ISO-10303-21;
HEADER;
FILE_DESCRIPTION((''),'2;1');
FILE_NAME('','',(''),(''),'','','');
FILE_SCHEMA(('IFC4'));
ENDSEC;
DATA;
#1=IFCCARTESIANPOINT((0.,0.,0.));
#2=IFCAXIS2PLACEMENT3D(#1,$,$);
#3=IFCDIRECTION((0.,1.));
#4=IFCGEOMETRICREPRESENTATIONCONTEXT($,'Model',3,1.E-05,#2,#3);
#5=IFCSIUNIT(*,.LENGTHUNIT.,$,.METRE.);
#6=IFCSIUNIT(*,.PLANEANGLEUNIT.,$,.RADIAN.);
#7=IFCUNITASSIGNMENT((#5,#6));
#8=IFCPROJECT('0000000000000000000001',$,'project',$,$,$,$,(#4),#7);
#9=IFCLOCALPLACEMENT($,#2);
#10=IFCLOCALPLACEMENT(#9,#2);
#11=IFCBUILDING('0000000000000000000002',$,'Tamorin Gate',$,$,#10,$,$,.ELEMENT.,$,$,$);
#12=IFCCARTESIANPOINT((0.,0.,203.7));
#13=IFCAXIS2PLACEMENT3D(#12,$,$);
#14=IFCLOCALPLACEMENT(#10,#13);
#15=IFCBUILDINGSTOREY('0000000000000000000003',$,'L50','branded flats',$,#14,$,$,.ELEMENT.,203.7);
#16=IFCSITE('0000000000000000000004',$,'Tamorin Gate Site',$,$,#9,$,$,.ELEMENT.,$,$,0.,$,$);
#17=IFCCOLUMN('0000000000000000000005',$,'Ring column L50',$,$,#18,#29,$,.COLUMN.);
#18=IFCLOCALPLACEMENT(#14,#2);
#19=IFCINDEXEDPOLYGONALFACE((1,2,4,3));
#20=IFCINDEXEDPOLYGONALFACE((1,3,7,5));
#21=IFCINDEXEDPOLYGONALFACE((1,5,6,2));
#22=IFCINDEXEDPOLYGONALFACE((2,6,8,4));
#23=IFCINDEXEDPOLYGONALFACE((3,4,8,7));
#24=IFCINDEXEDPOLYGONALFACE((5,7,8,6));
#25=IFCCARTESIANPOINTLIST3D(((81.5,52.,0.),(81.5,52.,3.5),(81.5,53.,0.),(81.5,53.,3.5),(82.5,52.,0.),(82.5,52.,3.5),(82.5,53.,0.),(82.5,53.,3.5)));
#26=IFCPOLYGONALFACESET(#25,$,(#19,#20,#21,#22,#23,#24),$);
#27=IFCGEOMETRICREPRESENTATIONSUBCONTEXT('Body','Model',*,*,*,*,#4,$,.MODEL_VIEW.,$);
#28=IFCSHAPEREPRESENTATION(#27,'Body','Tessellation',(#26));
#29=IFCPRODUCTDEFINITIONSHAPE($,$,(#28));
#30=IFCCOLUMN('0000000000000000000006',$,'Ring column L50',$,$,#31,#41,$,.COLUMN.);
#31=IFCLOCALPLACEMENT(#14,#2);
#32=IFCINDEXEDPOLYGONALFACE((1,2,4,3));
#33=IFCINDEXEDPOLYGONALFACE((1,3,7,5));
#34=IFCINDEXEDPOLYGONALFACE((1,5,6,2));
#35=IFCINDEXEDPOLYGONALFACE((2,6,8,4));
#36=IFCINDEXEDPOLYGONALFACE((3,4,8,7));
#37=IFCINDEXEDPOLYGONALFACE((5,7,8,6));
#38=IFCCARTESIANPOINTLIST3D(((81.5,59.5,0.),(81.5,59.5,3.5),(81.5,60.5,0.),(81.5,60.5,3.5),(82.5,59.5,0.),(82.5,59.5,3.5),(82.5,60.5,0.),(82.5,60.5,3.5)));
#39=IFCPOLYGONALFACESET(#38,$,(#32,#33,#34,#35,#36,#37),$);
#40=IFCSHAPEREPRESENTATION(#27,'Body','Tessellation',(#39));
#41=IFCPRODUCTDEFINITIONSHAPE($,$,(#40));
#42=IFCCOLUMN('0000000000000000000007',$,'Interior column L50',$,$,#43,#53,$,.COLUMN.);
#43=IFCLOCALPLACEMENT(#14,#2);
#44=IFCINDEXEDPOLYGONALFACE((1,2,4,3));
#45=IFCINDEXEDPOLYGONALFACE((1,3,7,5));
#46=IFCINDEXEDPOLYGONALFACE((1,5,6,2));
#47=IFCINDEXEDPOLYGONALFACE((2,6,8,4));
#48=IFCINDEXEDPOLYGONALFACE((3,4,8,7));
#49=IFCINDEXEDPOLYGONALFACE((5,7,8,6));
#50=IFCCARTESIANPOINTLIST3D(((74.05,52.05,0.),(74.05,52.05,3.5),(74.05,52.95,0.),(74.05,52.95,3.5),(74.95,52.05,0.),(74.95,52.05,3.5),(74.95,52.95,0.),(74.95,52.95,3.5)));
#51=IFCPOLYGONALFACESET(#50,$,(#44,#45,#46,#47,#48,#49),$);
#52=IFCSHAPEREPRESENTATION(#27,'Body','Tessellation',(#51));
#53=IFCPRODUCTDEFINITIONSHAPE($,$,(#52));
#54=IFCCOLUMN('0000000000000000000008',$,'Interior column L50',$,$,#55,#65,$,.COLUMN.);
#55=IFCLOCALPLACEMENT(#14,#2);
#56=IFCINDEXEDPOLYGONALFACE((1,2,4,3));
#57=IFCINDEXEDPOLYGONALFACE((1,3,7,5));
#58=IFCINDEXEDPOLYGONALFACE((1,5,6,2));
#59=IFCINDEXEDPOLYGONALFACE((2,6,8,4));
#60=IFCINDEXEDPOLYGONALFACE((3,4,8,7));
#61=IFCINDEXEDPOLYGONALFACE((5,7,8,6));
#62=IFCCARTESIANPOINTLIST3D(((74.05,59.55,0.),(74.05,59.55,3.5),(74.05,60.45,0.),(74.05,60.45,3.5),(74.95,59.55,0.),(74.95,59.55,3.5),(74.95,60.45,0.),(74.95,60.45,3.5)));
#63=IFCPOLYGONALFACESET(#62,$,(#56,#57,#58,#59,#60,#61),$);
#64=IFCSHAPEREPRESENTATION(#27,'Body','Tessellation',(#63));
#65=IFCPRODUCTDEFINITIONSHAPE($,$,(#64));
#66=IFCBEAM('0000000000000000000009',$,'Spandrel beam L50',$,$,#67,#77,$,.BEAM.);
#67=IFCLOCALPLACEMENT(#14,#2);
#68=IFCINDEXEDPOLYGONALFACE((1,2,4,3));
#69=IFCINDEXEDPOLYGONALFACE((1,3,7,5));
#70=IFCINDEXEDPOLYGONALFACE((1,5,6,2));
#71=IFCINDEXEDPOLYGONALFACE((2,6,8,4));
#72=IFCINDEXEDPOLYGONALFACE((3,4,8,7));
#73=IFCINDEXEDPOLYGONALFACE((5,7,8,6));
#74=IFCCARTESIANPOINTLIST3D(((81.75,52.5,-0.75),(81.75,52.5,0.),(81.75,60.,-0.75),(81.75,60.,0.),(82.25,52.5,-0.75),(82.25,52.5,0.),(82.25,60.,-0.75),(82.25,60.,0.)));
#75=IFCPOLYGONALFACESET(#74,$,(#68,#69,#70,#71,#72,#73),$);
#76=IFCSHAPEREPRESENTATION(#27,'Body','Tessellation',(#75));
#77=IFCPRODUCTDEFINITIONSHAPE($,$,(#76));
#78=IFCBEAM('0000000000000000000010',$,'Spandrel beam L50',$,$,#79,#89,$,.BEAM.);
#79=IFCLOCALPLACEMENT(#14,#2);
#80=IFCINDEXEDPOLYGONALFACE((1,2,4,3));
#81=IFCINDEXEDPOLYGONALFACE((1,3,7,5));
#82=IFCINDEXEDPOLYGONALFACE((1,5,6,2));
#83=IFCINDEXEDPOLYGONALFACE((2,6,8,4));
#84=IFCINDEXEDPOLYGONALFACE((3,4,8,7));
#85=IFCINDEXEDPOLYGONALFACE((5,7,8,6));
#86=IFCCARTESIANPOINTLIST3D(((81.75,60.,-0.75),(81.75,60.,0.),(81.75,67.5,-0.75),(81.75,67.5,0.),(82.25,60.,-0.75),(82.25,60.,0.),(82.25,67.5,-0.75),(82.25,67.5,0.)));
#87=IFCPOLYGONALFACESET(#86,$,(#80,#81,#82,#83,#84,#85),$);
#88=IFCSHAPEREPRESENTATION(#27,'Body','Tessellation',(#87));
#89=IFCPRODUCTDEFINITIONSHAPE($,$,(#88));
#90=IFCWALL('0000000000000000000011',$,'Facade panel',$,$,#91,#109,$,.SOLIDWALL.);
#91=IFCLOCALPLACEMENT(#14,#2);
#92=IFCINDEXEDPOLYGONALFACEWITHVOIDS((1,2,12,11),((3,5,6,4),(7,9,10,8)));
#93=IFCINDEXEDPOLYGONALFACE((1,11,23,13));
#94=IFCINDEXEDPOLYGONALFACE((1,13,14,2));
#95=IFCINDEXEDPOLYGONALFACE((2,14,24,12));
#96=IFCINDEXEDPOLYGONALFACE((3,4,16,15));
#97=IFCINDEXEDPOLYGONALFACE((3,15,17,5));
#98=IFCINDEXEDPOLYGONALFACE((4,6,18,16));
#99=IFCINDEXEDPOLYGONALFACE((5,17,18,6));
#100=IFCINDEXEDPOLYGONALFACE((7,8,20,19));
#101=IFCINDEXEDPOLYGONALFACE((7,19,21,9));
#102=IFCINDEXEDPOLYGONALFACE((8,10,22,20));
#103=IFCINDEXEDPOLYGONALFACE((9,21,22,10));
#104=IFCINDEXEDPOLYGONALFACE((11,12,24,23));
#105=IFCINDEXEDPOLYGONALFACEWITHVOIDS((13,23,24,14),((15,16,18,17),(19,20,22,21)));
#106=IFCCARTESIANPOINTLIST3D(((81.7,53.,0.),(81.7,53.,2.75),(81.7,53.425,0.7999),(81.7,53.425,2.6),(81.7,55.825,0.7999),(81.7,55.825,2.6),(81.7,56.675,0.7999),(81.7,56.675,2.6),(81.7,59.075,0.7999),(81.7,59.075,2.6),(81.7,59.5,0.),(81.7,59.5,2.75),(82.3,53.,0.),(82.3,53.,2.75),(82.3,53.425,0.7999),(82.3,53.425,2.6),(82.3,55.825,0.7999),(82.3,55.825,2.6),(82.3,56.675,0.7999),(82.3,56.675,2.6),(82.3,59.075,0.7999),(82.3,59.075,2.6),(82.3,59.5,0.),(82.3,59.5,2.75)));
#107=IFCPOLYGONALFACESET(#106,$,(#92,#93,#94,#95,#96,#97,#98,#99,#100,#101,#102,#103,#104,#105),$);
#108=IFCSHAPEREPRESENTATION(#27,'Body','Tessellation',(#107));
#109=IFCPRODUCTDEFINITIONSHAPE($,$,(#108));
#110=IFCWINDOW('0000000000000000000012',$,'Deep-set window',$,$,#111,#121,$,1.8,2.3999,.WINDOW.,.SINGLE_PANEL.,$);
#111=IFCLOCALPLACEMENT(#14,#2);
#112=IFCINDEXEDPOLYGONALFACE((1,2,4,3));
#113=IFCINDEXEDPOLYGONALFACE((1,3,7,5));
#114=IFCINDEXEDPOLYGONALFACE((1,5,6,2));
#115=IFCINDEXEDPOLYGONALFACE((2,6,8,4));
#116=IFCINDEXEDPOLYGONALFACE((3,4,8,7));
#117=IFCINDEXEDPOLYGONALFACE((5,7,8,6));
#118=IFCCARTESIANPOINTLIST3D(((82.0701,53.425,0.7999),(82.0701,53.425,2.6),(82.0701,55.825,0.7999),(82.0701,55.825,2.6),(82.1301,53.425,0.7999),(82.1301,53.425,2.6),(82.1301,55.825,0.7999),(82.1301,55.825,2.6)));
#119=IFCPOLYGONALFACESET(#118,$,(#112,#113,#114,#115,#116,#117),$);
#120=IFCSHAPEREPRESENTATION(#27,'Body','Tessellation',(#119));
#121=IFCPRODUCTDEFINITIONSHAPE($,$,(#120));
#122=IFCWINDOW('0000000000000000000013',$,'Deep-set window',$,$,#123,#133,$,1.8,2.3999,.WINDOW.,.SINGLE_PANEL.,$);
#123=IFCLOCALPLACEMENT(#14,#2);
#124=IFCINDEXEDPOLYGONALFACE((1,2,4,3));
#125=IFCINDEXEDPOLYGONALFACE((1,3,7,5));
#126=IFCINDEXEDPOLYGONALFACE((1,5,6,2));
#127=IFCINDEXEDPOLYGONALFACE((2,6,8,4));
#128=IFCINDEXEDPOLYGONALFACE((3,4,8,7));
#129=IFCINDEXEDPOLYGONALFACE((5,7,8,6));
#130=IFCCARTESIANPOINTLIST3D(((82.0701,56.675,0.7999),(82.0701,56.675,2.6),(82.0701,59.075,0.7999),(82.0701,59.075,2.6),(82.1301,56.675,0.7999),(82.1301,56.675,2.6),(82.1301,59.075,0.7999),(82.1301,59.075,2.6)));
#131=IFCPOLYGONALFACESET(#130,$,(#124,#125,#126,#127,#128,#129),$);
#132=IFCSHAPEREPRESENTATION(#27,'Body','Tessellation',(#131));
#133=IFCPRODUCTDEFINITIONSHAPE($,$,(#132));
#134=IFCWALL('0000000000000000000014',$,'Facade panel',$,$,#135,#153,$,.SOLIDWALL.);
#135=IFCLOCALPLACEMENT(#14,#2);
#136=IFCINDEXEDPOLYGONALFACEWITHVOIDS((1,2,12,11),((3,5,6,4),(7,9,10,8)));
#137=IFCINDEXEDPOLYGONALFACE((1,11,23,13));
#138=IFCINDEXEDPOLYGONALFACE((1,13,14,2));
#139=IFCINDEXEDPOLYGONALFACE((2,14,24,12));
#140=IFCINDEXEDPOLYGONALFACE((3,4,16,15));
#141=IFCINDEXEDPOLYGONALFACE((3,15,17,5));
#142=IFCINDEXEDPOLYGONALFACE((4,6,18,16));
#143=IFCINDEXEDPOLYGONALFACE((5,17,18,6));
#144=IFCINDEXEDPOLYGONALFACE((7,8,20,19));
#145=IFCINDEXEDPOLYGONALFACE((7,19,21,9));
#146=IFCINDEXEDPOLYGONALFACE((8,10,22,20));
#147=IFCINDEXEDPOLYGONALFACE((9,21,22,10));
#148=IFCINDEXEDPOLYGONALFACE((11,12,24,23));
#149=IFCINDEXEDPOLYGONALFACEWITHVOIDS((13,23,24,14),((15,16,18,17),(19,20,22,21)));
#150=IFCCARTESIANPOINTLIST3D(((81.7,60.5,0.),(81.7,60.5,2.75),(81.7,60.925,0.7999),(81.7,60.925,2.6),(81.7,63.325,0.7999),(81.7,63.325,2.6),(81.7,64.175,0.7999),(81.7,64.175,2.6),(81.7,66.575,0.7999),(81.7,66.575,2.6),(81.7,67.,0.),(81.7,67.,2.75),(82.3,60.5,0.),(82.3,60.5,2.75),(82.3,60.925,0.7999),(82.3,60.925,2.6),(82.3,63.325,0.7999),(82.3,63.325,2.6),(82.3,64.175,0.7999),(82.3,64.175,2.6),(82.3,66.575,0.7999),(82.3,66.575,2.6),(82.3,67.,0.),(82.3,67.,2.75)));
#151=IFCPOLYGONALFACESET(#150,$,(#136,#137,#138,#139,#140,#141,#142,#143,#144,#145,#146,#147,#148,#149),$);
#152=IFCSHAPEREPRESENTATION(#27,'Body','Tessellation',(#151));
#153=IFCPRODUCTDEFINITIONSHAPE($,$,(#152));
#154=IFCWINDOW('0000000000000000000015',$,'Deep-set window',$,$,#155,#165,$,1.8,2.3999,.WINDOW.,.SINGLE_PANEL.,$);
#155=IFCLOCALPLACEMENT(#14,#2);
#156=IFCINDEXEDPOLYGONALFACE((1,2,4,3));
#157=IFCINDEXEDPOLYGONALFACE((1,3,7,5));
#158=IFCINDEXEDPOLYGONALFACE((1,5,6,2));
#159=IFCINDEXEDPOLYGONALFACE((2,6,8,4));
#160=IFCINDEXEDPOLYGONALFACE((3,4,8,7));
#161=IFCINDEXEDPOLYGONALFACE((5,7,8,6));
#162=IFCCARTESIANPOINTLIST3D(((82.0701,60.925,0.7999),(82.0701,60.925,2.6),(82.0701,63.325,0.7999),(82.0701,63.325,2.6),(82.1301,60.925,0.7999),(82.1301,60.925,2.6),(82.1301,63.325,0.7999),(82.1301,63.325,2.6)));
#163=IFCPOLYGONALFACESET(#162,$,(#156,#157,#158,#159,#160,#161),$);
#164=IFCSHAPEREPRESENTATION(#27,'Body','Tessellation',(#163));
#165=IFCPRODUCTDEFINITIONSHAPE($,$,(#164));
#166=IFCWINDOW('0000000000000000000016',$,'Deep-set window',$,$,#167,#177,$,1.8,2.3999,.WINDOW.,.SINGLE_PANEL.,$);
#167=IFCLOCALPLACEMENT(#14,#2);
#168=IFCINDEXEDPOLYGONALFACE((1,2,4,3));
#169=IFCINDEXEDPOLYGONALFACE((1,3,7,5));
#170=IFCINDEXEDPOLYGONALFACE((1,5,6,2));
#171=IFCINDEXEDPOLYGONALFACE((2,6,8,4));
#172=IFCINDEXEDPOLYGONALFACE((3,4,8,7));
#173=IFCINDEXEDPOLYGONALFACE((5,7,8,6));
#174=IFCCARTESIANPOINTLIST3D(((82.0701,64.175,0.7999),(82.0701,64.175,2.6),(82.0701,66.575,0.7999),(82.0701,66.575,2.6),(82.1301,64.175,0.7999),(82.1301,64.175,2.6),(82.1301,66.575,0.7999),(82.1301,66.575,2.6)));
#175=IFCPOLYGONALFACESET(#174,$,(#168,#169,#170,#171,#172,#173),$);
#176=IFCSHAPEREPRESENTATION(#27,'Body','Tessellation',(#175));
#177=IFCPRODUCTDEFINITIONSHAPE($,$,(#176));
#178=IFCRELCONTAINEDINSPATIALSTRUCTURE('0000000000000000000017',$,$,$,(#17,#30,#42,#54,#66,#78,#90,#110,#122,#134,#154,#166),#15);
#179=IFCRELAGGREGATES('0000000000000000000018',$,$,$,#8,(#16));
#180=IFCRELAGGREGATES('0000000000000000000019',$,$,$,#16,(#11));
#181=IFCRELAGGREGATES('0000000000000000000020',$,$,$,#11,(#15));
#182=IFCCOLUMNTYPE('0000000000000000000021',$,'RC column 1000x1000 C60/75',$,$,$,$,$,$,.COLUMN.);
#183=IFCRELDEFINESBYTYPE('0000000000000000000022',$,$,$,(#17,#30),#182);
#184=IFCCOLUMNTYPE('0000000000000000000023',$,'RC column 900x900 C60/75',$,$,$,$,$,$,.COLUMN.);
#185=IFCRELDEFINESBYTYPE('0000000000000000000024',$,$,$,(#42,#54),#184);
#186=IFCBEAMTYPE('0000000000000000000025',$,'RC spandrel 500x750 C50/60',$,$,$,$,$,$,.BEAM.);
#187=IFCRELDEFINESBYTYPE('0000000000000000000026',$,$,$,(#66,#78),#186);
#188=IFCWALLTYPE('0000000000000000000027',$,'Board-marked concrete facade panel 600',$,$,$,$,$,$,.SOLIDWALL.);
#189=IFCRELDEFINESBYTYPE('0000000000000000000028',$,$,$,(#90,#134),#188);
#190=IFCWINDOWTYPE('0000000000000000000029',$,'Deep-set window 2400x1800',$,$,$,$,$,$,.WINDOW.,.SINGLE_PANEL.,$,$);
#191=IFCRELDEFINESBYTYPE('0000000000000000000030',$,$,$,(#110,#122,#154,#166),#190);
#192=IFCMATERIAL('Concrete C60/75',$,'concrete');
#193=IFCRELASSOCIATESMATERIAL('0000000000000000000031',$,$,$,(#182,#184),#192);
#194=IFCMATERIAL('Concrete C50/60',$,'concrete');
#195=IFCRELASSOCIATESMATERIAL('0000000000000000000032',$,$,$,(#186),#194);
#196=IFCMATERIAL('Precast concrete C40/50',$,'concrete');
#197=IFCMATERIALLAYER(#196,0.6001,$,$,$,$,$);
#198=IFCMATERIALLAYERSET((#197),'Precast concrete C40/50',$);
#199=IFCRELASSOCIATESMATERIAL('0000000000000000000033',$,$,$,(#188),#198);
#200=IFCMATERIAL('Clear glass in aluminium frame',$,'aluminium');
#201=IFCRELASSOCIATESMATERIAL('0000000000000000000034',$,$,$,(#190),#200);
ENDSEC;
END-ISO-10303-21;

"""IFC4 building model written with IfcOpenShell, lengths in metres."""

from ifc_helpers import new_model, si_unit, direction, frame, frame_2d, origin, origin_2d, place, context, subcontext, project, spatial, rectangle, extrude, material, layer, layer_set, material_profile, profile_set, type_object, element, fill, save


model = new_model("IFC4")

# Units and contexts
model_context = context("Model", 3, precision=1e-05, world=origin(), true_north=direction((0.0, 1.0)))
body_context = subcontext(model_context, "Body", "Model", "MODEL_VIEW")
ifc_project = project(units=[si_unit("LENGTHUNIT", "METRE"), si_unit("PLANEANGLEUNIT", "RADIAN")], contexts=[model_context])

# Site, building, storey
site_placement = place(None, origin())
site = spatial("IfcSite", under=ifc_project, at=site_placement, Name="Tamorin Gate Site", CompositionType="ELEMENT", RefElevation=0.0)
building_placement = place(site_placement, origin())
building = spatial("IfcBuilding", under=site, at=building_placement, Name="Tamorin Gate", CompositionType="ELEMENT")
storey_placement = place(building_placement, frame((0.0, 0.0, 203.7)))
storey = spatial("IfcBuildingStorey", under=building, at=storey_placement, Name="L50", Description="branded flats", CompositionType="ELEMENT", Elevation=203.7)

# Columns
ifc_material_1 = material(Name="Concrete C60/75", Category="concrete")
ifc_material_profile_1 = material_profile(ifc_material_1, rectangle(XDim=1.0, YDim=1.0, at=origin_2d()), Name="RC 1000x1000")
ifc_profile_set_1 = profile_set([ifc_material_profile_1], Name="Concrete C60/75")
column_type_1 = type_object("IfcColumnType", Name="RC column 1000x1000 C60/75", PredefinedType="COLUMN", material=ifc_profile_set_1)
for number, where, z_axis, x_axis, name in (
    (1, (82.0, 52.5, 0.0), (0.0, 0.0, 1.0), (1.0, 0.0, 0.0), "Ring column L50"),
    (2, (82.0, 60.0, 0.0), (0.0, 0.0, 1.0), (1.0, 0.0, 0.0), "Ring column L50"),
):
    element("IfcColumn", number, at=place(storey_placement, frame(where, z_axis=z_axis, x_axis=x_axis)), inside=storey, type_object=column_type_1, Name=name, PredefinedType="COLUMN", context=body_context, shape_type="SweptSolid", body=[
        extrude(rectangle(XDim=1.0, YDim=1.0, at=origin_2d()), origin(), (0.0, 0.0, 1.0), 3.5),
    ])
ifc_material_profile_2 = material_profile(ifc_material_1, rectangle(XDim=0.8999, YDim=0.8999, at=origin_2d()), Name="RC 900x900")
ifc_profile_set_2 = profile_set([ifc_material_profile_2], Name="Concrete C60/75")
column_type_2 = type_object("IfcColumnType", Name="RC column 900x900 C60/75", PredefinedType="COLUMN", material=ifc_profile_set_2)
for number, where, z_axis, x_axis, name in (
    (3, (74.5, 52.5, 0.0), (0.0, 0.0, 1.0), (1.0, 0.0, 0.0), "Interior column L50"),
    (4, (74.5, 60.0, 0.0), (0.0, 0.0, 1.0), (1.0, 0.0, 0.0), "Interior column L50"),
):
    element("IfcColumn", number, at=place(storey_placement, frame(where, z_axis=z_axis, x_axis=x_axis)), inside=storey, type_object=column_type_2, Name=name, PredefinedType="COLUMN", context=body_context, shape_type="SweptSolid", body=[
        extrude(rectangle(XDim=0.8999, YDim=0.8999, at=origin_2d()), origin(), (0.0, 0.0, 1.0), 3.5),
    ])

# Beams
ifc_material_2 = material(Name="Concrete C50/60", Category="concrete")
ifc_material_profile_3 = material_profile(ifc_material_2, rectangle(XDim=0.5, YDim=0.75, at=origin_2d()), Name="RC 500x750")
ifc_profile_set_3 = profile_set([ifc_material_profile_3], Name="Concrete C50/60")
beam_type = type_object("IfcBeamType", Name="RC spandrel 500x750 C50/60", PredefinedType="BEAM", material=ifc_profile_set_3)
for number, where, z_axis, x_axis, name in (
    (5, (82.0, 52.5, -0.375), (0.0, 1.0, 0.0), (-1.0, 0.0, 0.0), "Spandrel beam L50"),
    (6, (82.0, 60.0, -0.375), (0.0, 1.0, 0.0), (-1.0, 0.0, 0.0), "Spandrel beam L50"),
):
    element("IfcBeam", number, at=place(storey_placement, frame(where, z_axis=z_axis, x_axis=x_axis)), inside=storey, type_object=beam_type, Name=name, PredefinedType="BEAM", context=body_context, shape_type="SweptSolid", body=[
        extrude(rectangle(XDim=0.5, YDim=0.75, at=origin_2d()), origin(), (0.0, 0.0, 1.0), 7.5),
    ])

# Walls, openings, windows
ifc_material_3 = material(Name="Precast concrete C40/50", Category="concrete")
ifc_layer_1 = layer(ifc_material_3, 0.6001)
ifc_layer_set_1 = layer_set([ifc_layer_1], Name="Precast concrete C40/50")
wall_type_1 = type_object("IfcWallType", Name="Board-marked concrete facade panel 600", PredefinedType="SOLIDWALL", material=ifc_layer_set_1)
wall_1_placement = place(storey_placement, frame((82.0, 53.0, 0.0), z_axis=(0.0, 0.0, 1.0), x_axis=(0.0, 1.0, 0.0)))
wall_1 = element("IfcWall", 7, at=wall_1_placement, inside=storey, type_object=wall_type_1, Name="Facade panel", PredefinedType="SOLIDWALL", context=body_context, shape_type="SweptSolid", body=[
    extrude(rectangle(XDim=6.5, YDim=0.6001, at=frame_2d((3.25, 0.0))), origin(), (0.0, 0.0, 1.0), 2.75),
])
opening_1_placement = place(wall_1_placement, frame((0.425, 0.0, 0.8)))
opening_1 = element("IfcOpeningElement", 8, at=opening_1_placement, cuts=wall_1, PredefinedType="OPENING", context=body_context, shape_type="SweptSolid", body=[
    extrude(rectangle(XDim=2.3999, YDim=1.8, at=frame_2d((1.2, 0.8999))), frame((0.0, 0.3101, 0.0), z_axis=(0.0, -1.0, 0.0), x_axis=(1.0, 0.0, 0.0)), (0.0, 0.0, 1.0), 0.6201),
])
opening_2_placement = place(wall_1_placement, frame((3.675, 0.0, 0.8)))
opening_2 = element("IfcOpeningElement", 9, at=opening_2_placement, cuts=wall_1, PredefinedType="OPENING", context=body_context, shape_type="SweptSolid", body=[
    extrude(rectangle(XDim=2.3999, YDim=1.8, at=frame_2d((1.2, 0.8999))), frame((0.0, 0.3101, 0.0), z_axis=(0.0, -1.0, 0.0), x_axis=(1.0, 0.0, 0.0)), (0.0, 0.0, 1.0), 0.6201),
])
ifc_material_4 = material(Name="Clear glass in aluminium frame", Category="aluminium")
window_type = type_object("IfcWindowType", Name="Deep-set window 2400x1800", PartitioningType="SINGLE_PANEL", PredefinedType="WINDOW", material=ifc_material_4)
window_1_placement = place(opening_1_placement, origin())
window_1 = element("IfcWindow", 10, at=window_1_placement, inside=storey, type_object=window_type, Name="Deep-set window", OverallHeight=1.8, OverallWidth=2.3999, PartitioningType="SINGLE_PANEL", PredefinedType="WINDOW", context=body_context, shape_type="SweptSolid", body=[
    extrude(rectangle(XDim=2.3999, YDim=1.8, at=frame_2d((1.2, 0.8999))), frame((0.0, -0.0701, 0.0), z_axis=(0.0, -1.0, 0.0), x_axis=(1.0, 0.0, 0.0)), (0.0, 0.0, 1.0), 0.0601),
])
fill(opening_1, window_1)
window_2_placement = place(opening_2_placement, origin())
window_2 = element("IfcWindow", 11, at=window_2_placement, inside=storey, type_object=window_type, Name="Deep-set window", OverallHeight=1.8, OverallWidth=2.3999, PartitioningType="SINGLE_PANEL", PredefinedType="WINDOW", context=body_context, shape_type="SweptSolid", body=[
    extrude(rectangle(XDim=2.3999, YDim=1.8, at=frame_2d((1.2, 0.8999))), frame((0.0, -0.0701, 0.0), z_axis=(0.0, -1.0, 0.0), x_axis=(1.0, 0.0, 0.0)), (0.0, 0.0, 1.0), 0.0601),
])
fill(opening_2, window_2)
wall_2_placement = place(storey_placement, frame((82.0, 60.5, 0.0), z_axis=(0.0, 0.0, 1.0), x_axis=(0.0, 1.0, 0.0)))
wall_2 = element("IfcWall", 12, at=wall_2_placement, inside=storey, type_object=wall_type_1, Name="Facade panel", PredefinedType="SOLIDWALL", context=body_context, shape_type="SweptSolid", body=[
    extrude(rectangle(XDim=6.5, YDim=0.6001, at=frame_2d((3.25, 0.0))), origin(), (0.0, 0.0, 1.0), 2.75),
])
opening_3_placement = place(wall_2_placement, frame((0.425, 0.0, 0.8)))
opening_3 = element("IfcOpeningElement", 13, at=opening_3_placement, cuts=wall_2, PredefinedType="OPENING", context=body_context, shape_type="SweptSolid", body=[
    extrude(rectangle(XDim=2.3999, YDim=1.8, at=frame_2d((1.2, 0.8999))), frame((0.0, 0.3101, 0.0), z_axis=(0.0, -1.0, 0.0), x_axis=(1.0, 0.0, 0.0)), (0.0, 0.0, 1.0), 0.6201),
])
opening_4_placement = place(wall_2_placement, frame((3.675, 0.0, 0.8)))
opening_4 = element("IfcOpeningElement", 14, at=opening_4_placement, cuts=wall_2, PredefinedType="OPENING", context=body_context, shape_type="SweptSolid", body=[
    extrude(rectangle(XDim=2.3999, YDim=1.8, at=frame_2d((1.2, 0.8999))), frame((0.0, 0.3101, 0.0), z_axis=(0.0, -1.0, 0.0), x_axis=(1.0, 0.0, 0.0)), (0.0, 0.0, 1.0), 0.6201),
])
window_3_placement = place(opening_3_placement, origin())
window_3 = element("IfcWindow", 15, at=window_3_placement, inside=storey, type_object=window_type, Name="Deep-set window", OverallHeight=1.8, OverallWidth=2.3999, PartitioningType="SINGLE_PANEL", PredefinedType="WINDOW", context=body_context, shape_type="SweptSolid", body=[
    extrude(rectangle(XDim=2.3999, YDim=1.8, at=frame_2d((1.2, 0.8999))), frame((0.0, -0.0701, 0.0), z_axis=(0.0, -1.0, 0.0), x_axis=(1.0, 0.0, 0.0)), (0.0, 0.0, 1.0), 0.0601),
])
fill(opening_3, window_3)
window_4_placement = place(opening_4_placement, origin())
window_4 = element("IfcWindow", 16, at=window_4_placement, inside=storey, type_object=window_type, Name="Deep-set window", OverallHeight=1.8, OverallWidth=2.3999, PartitioningType="SINGLE_PANEL", PredefinedType="WINDOW", context=body_context, shape_type="SweptSolid", body=[
    extrude(rectangle(XDim=2.3999, YDim=1.8, at=frame_2d((1.2, 0.8999))), frame((0.0, -0.0701, 0.0), z_axis=(0.0, -1.0, 0.0), x_axis=(1.0, 0.0, 0.0)), (0.0, 0.0, 1.0), 0.0601),
])
fill(opening_4, window_4)

save(model, "model.ifc")
